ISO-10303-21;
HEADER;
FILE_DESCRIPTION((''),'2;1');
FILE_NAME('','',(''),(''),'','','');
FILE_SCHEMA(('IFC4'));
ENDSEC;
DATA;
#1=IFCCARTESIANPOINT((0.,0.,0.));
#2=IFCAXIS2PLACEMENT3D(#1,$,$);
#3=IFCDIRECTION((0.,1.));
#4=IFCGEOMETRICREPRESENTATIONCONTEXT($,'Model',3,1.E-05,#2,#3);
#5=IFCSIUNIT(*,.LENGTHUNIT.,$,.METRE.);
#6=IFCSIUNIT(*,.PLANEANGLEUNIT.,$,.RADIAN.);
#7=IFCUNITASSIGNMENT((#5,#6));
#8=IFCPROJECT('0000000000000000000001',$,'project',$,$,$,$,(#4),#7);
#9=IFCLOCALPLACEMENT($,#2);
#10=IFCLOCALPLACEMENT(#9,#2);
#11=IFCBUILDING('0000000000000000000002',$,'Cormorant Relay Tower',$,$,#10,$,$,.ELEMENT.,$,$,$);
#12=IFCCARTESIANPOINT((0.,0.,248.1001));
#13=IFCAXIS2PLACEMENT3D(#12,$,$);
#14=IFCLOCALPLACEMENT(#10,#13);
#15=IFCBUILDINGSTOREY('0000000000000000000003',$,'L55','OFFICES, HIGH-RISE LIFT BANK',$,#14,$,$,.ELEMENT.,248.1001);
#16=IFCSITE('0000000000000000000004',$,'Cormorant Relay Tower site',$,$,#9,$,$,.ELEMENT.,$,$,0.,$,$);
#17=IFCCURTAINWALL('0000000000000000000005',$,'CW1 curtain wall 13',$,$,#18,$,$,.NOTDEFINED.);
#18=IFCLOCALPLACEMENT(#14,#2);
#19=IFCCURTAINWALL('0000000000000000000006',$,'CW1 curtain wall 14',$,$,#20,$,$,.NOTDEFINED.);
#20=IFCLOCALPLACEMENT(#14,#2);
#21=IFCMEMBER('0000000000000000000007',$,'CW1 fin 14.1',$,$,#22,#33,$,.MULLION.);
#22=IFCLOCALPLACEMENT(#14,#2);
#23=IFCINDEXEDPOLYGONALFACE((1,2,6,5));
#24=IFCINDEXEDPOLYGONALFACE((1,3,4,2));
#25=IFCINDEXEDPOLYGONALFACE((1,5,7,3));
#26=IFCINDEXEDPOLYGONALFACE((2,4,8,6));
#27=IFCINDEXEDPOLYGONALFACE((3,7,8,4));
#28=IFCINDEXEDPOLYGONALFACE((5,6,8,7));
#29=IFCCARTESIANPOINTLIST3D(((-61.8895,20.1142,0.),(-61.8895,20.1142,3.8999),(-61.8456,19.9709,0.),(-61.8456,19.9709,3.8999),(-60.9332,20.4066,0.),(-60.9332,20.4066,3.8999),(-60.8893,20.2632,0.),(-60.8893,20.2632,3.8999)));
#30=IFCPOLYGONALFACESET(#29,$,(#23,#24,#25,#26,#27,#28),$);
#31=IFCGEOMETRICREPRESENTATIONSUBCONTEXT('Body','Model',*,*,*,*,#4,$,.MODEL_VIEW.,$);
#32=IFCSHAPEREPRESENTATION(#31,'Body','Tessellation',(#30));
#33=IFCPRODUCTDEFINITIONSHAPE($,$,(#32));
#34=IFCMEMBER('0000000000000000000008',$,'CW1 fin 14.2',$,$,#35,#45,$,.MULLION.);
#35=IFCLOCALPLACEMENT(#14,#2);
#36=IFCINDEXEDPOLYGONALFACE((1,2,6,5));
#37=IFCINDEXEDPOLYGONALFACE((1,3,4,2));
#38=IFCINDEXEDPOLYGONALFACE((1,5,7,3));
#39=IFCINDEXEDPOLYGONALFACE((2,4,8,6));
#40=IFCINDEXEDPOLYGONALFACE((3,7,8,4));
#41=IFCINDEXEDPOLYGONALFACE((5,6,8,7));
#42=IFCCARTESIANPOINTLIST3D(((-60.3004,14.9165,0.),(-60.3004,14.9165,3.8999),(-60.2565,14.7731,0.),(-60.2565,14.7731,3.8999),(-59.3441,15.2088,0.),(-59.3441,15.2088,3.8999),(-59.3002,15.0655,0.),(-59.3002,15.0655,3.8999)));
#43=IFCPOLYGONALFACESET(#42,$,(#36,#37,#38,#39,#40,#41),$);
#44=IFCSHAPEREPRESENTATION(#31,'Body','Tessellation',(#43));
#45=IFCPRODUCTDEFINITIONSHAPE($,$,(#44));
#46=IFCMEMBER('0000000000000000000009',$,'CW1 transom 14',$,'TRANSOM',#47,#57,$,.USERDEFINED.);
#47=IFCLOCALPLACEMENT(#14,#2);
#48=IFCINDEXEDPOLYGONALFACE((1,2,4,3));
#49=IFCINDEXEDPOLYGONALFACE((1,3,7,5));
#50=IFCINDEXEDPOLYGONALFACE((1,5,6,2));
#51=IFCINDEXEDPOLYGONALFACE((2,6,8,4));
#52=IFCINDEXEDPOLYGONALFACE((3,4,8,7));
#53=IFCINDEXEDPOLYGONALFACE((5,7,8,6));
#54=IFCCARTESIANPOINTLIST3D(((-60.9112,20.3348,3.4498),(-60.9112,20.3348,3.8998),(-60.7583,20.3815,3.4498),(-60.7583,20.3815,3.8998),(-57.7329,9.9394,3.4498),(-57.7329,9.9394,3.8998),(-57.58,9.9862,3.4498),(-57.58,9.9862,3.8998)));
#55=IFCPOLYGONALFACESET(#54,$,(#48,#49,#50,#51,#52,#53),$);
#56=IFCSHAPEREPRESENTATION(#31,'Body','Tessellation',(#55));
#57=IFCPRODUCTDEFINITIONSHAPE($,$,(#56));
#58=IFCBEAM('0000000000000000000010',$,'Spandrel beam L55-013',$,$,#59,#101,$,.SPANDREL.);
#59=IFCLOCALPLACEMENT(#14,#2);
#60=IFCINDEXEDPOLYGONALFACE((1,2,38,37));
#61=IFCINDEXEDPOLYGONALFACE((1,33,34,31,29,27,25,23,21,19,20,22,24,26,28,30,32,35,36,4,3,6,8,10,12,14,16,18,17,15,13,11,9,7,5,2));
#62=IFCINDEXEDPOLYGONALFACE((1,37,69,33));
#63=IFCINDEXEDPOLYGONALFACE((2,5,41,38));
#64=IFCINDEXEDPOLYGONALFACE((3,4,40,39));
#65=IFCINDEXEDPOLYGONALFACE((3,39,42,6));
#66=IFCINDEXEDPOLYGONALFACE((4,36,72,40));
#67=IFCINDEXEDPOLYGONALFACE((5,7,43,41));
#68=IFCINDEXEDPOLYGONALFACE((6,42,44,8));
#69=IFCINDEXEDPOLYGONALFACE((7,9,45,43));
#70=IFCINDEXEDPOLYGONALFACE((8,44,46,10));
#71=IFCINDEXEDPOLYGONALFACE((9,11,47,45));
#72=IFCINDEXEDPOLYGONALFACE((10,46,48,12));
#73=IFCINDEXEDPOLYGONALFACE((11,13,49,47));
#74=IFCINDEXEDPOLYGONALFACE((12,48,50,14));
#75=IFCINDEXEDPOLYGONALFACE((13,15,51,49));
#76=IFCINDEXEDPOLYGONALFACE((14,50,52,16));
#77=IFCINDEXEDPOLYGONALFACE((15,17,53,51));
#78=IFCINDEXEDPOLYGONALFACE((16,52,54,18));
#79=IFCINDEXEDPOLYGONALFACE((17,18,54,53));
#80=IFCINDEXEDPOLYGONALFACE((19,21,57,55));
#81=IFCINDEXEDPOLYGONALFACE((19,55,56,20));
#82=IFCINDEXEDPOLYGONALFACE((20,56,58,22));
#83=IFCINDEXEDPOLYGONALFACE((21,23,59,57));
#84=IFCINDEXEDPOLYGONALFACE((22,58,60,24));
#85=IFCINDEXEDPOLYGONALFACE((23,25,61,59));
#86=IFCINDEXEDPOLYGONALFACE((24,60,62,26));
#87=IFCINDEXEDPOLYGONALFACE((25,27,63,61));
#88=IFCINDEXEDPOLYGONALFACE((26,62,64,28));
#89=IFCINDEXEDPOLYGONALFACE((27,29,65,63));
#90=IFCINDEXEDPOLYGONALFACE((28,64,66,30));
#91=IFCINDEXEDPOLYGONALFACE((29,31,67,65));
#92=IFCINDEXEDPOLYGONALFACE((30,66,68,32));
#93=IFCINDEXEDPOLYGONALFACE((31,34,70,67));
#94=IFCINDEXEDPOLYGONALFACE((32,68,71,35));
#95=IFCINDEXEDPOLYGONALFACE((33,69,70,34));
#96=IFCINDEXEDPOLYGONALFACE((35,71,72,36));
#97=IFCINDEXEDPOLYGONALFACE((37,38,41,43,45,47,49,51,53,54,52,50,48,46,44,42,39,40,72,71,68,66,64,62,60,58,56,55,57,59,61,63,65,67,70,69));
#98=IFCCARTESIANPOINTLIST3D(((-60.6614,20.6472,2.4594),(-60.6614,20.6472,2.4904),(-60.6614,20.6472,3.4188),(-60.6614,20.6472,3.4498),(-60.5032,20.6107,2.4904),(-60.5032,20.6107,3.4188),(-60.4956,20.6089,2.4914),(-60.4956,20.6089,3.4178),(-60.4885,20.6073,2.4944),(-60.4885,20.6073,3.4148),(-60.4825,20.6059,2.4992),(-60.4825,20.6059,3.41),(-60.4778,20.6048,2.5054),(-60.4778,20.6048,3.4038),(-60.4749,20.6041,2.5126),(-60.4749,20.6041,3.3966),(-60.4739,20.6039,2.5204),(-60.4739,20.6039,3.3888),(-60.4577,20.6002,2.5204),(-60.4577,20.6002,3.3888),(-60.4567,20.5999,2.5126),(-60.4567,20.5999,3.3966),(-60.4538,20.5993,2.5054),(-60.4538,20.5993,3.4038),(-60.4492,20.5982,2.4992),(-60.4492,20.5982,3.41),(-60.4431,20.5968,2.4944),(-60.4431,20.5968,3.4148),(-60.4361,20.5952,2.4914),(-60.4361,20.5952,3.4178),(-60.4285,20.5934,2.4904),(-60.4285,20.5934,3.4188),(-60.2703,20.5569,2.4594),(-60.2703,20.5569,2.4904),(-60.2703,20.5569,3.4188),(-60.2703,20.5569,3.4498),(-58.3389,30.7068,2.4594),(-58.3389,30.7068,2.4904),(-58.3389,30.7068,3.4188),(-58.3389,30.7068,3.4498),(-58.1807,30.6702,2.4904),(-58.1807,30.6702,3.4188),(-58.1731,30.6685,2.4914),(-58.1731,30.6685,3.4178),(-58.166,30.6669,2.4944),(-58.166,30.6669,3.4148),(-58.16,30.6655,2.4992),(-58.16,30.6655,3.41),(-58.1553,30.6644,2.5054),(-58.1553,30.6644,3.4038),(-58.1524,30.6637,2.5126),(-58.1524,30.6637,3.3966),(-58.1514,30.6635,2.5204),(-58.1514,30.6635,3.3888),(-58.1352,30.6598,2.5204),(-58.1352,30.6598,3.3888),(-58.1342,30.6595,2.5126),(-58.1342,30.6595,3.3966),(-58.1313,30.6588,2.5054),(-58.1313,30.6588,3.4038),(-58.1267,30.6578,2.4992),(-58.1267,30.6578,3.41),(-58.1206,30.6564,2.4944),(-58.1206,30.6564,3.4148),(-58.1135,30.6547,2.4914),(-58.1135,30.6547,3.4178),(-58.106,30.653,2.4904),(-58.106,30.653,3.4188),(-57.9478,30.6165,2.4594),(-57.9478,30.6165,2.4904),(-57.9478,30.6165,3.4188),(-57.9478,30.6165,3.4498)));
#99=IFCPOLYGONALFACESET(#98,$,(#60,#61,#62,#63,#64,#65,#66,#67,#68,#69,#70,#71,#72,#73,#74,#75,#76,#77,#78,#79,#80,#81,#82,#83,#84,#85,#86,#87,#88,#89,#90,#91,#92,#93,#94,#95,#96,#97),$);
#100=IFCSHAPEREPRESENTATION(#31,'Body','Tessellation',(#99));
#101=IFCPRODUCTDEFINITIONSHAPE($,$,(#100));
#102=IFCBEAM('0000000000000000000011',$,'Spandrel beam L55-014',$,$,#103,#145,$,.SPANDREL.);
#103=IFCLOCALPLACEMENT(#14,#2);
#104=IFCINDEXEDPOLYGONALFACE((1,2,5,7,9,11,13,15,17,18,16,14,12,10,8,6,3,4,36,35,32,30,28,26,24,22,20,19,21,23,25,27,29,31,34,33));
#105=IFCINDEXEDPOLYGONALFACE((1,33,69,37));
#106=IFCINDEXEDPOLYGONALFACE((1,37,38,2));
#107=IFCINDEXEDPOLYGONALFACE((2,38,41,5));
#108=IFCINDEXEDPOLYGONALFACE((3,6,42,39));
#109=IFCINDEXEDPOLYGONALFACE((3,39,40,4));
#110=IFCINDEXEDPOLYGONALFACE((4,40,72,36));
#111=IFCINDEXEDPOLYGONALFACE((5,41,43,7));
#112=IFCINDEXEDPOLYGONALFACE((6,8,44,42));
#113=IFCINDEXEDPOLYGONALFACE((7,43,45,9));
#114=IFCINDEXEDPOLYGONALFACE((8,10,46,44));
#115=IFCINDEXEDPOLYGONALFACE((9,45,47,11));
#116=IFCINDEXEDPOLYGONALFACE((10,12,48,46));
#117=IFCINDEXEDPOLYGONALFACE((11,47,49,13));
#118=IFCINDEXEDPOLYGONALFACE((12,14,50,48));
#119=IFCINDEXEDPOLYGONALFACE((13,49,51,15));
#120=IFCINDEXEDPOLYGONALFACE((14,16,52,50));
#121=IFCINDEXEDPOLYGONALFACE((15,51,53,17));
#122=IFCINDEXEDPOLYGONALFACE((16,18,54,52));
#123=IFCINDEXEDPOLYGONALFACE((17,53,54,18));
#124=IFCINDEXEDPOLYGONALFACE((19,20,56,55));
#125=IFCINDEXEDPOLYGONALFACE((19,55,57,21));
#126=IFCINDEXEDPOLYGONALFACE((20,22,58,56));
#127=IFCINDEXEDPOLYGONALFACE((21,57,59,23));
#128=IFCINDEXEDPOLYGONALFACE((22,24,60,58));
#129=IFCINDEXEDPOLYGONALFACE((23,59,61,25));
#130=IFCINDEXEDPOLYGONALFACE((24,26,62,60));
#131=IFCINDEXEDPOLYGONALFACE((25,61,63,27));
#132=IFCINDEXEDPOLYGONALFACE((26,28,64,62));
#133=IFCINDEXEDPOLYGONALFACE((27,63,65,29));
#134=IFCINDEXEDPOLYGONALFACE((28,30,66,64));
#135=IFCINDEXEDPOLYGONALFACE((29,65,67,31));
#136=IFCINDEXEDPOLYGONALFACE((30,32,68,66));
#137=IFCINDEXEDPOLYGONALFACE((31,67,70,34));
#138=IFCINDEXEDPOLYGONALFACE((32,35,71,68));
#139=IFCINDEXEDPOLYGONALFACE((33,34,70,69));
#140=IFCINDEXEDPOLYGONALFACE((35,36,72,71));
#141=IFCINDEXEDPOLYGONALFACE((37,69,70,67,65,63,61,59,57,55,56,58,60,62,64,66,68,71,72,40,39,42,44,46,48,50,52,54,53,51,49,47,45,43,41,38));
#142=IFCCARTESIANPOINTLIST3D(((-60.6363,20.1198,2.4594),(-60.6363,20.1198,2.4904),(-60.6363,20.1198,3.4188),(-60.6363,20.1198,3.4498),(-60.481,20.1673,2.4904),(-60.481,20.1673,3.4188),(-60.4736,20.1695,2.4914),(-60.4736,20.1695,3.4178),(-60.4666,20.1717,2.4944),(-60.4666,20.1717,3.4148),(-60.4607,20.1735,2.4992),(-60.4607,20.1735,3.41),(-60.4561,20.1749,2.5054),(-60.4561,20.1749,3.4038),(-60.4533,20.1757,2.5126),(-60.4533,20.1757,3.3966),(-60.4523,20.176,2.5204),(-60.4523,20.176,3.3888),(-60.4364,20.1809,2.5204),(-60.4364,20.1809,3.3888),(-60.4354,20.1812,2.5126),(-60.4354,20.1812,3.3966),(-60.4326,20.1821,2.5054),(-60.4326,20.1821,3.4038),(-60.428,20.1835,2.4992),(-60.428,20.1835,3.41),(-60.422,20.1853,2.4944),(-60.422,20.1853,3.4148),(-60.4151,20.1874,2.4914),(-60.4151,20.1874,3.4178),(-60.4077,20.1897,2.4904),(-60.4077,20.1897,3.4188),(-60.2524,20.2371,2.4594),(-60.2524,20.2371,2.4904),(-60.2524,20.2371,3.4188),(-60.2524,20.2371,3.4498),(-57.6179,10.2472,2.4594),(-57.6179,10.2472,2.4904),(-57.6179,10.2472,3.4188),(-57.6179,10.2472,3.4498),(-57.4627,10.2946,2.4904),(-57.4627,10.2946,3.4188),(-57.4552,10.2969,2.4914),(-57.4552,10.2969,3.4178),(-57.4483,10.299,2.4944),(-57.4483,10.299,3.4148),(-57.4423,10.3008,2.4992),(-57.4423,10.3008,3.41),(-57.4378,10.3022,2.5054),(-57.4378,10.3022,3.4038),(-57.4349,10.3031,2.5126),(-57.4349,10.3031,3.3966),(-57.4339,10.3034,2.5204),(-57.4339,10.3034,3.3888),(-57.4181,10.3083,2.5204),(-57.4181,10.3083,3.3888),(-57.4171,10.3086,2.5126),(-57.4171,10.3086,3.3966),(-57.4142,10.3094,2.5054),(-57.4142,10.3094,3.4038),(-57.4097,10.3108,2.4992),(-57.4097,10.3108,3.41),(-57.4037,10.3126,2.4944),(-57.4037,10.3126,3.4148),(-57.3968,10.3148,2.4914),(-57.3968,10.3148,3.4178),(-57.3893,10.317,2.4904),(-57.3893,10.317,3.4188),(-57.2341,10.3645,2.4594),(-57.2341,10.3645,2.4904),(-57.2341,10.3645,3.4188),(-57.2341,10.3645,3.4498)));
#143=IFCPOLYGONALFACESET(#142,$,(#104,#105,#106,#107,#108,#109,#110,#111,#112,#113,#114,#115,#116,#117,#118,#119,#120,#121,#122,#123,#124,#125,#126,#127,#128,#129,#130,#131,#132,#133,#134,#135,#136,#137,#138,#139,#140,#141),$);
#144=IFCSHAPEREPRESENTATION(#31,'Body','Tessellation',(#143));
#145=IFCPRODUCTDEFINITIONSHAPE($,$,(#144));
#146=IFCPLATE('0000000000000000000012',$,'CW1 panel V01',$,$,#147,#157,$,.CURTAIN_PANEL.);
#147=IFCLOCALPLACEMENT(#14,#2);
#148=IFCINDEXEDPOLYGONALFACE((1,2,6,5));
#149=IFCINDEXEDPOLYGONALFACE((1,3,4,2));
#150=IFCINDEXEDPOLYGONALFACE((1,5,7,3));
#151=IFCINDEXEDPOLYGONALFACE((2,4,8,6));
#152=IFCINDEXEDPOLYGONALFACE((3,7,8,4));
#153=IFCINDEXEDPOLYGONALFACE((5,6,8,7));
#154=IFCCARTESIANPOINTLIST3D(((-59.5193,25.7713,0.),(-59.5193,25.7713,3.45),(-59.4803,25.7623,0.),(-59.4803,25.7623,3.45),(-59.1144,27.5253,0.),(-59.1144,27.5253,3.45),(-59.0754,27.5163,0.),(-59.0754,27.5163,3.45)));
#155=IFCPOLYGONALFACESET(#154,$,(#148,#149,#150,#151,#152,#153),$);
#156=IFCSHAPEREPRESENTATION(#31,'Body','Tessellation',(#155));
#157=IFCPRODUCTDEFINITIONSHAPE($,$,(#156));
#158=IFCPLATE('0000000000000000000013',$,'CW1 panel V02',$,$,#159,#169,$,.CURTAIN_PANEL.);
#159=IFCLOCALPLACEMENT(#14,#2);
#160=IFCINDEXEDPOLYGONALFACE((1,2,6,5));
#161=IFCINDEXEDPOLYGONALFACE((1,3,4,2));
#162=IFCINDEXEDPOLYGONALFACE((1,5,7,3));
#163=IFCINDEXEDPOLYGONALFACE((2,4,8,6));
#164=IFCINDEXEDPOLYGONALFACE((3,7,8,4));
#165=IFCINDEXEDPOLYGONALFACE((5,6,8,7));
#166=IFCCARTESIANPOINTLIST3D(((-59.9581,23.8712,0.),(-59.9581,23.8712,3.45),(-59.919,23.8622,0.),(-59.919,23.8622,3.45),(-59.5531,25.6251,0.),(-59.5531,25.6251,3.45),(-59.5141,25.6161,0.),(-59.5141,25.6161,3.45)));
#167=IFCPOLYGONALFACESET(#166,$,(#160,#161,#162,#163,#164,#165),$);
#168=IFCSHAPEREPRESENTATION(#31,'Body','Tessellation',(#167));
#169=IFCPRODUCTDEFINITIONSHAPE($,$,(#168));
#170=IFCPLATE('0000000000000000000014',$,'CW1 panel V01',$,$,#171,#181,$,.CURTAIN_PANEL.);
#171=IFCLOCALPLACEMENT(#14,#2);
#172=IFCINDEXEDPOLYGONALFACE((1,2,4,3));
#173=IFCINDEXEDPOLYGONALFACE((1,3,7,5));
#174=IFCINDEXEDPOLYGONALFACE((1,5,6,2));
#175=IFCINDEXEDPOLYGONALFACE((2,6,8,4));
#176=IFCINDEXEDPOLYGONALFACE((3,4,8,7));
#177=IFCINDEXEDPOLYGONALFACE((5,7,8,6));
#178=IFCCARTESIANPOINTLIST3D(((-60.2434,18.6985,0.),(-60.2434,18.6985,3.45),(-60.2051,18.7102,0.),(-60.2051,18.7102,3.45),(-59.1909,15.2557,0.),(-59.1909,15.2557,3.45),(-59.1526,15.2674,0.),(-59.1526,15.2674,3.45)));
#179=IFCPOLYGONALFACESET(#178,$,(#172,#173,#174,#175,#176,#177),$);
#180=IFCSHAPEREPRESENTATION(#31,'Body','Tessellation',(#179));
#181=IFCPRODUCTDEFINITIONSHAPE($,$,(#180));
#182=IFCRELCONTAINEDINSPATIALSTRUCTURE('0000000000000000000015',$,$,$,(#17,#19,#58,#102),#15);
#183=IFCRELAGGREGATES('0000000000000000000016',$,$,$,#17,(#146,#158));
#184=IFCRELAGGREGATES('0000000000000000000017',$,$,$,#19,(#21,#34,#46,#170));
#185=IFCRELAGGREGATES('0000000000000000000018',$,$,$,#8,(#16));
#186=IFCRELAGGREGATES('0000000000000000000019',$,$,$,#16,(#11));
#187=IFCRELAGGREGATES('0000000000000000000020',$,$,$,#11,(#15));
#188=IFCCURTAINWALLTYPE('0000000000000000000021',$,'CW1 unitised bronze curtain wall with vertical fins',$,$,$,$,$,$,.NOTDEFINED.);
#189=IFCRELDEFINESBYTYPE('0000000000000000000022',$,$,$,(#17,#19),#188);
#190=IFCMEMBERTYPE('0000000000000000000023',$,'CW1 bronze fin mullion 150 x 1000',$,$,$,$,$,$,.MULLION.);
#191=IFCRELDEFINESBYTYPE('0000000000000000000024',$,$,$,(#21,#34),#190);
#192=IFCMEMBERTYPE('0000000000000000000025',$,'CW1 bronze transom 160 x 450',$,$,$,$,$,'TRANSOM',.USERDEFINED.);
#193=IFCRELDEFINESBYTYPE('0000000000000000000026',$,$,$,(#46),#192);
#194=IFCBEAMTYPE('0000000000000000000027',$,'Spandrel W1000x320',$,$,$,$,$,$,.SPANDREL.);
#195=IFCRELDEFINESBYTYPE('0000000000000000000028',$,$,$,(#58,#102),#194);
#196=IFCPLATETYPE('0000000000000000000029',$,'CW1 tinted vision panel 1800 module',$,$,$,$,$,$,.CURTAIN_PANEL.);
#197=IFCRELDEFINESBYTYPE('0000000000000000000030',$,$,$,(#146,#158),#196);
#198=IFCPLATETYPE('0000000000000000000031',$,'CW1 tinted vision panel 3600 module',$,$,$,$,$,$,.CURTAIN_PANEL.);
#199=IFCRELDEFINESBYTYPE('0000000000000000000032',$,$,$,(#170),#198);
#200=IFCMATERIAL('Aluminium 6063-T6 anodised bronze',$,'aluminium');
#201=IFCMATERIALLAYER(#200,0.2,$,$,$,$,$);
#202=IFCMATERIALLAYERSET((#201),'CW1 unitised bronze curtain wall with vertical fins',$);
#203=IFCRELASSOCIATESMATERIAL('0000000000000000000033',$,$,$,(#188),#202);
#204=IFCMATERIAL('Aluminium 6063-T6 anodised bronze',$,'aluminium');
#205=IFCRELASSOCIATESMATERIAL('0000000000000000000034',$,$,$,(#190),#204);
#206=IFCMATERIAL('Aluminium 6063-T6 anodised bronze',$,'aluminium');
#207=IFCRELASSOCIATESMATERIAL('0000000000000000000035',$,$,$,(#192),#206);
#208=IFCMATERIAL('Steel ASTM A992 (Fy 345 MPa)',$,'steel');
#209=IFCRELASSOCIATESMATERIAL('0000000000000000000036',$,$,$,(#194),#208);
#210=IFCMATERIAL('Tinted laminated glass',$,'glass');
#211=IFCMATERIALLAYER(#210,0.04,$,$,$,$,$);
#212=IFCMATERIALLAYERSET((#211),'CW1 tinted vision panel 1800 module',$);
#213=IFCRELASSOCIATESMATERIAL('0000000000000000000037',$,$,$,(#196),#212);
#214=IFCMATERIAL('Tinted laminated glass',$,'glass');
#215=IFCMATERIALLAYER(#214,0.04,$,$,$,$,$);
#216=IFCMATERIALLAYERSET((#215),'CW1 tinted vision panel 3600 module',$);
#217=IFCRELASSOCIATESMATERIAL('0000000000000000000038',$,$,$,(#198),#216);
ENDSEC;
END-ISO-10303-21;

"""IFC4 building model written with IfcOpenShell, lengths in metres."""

from ifc_helpers import new_model, si_unit, direction, frame, origin, origin_2d, place, context, subcontext, project, spatial, rectangle, i_section, extrude, material, layer, layer_set, material_profile, profile_set, type_object, element, aggregate, save


model = new_model("IFC4")

# Units and contexts
model_context = context("Model", 3, precision=1e-05, world=origin(), true_north=direction((0.0, 1.0)))
body_context = subcontext(model_context, "Body", "Model", "MODEL_VIEW")
ifc_project = project(units=[si_unit("LENGTHUNIT", "METRE"), si_unit("PLANEANGLEUNIT", "RADIAN")], contexts=[model_context])

# Site, building, storey
site_placement = place(None, origin())
site = spatial("IfcSite", under=ifc_project, at=site_placement, Name="Cormorant Relay Tower site", CompositionType="ELEMENT", RefElevation=0.0)
building_placement = place(site_placement, origin())
building = spatial("IfcBuilding", under=site, at=building_placement, Name="Cormorant Relay Tower", CompositionType="ELEMENT")
storey_placement = place(building_placement, frame((0.0, 0.0, 248.1001)))
storey = spatial("IfcBuildingStorey", under=building, at=storey_placement, Name="L55", Description="OFFICES, HIGH-RISE LIFT BANK", CompositionType="ELEMENT", Elevation=248.1001)

# Curtain wall
ifc_material_1 = material(Name="Aluminium 6063-T6 anodised bronze", Category="aluminium")
ifc_layer_1 = layer(ifc_material_1, 0.2)
ifc_layer_set_1 = layer_set([ifc_layer_1], Name="CW1 unitised bronze curtain wall with vertical fins")
curtain_wall_type = type_object("IfcCurtainWallType", Name="CW1 unitised bronze curtain wall with vertical fins", PredefinedType="NOTDEFINED", material=ifc_layer_set_1)
curtain_wall_1_placement = place(storey_placement, origin())
curtain_wall_1 = element("IfcCurtainWall", 1, at=curtain_wall_1_placement, inside=storey, type_object=curtain_wall_type, Name="CW1 curtain wall 13", PredefinedType="NOTDEFINED")
ifc_material_2 = material(Name="Aluminium 6063-T6 anodised bronze", Category="aluminium")
ifc_material_profile_1 = material_profile(ifc_material_2, rectangle(XDim=0.1499, YDim=1.0, at=origin_2d()), Name="AL 150x1000")
ifc_profile_set_1 = profile_set([ifc_material_profile_1], Name="Aluminium 6063-T6 anodised bronze")
member_type_1 = type_object("IfcMemberType", Name="CW1 bronze fin mullion 150 x 1000", PredefinedType="MULLION", material=ifc_profile_set_1)

# Curtain wall, members
curtain_wall_2_placement = place(storey_placement, origin())
curtain_wall_2 = element("IfcCurtainWall", 2, at=curtain_wall_2_placement, inside=storey, type_object=curtain_wall_type, Name="CW1 curtain wall 14", PredefinedType="NOTDEFINED")
member_1_placement = place(storey_placement, frame((-61.3894, 20.1887, 0.0), z_axis=(0.0, 0.0, 1.0), x_axis=(0.292372, -0.956305, 0.0)))
member_1 = element("IfcMember", 3, at=member_1_placement, type_object=member_type_1, Name="CW1 fin 14.1", PredefinedType="MULLION", context=body_context, shape_type="SweptSolid", body=[
    extrude(rectangle(XDim=0.1499, YDim=1.0, at=origin_2d()), origin(), (0.0, 0.0, 1.0), 3.8999),
])
member_2_placement = place(storey_placement, frame((-59.8003, 14.991, 0.0), z_axis=(0.0, 0.0, 1.0), x_axis=(0.292372, -0.956305, 0.0)))
member_2 = element("IfcMember", 4, at=member_2_placement, type_object=member_type_1, Name="CW1 fin 14.2", PredefinedType="MULLION", context=body_context, shape_type="SweptSolid", body=[
    extrude(rectangle(XDim=0.1499, YDim=1.0, at=origin_2d()), origin(), (0.0, 0.0, 1.0), 3.8999),
])
ifc_material_3 = material(Name="Aluminium 6063-T6 anodised bronze", Category="aluminium")
ifc_material_profile_2 = material_profile(ifc_material_3, rectangle(XDim=0.1599, YDim=0.45, at=origin_2d()), Name="AL 160x450")
ifc_profile_set_2 = profile_set([ifc_material_profile_2], Name="Aluminium 6063-T6 anodised bronze")
member_type_2 = type_object("IfcMemberType", Name="CW1 bronze transom 160 x 450", ElementType="TRANSOM", PredefinedType="USERDEFINED", material=ifc_profile_set_2)
member_3_placement = place(storey_placement, frame((-60.8347, 20.3582, 3.6748), z_axis=(0.292378, -0.956303, 0.0), x_axis=(0.956303, 0.292378, 0.0)))
member_3 = element("IfcMember", 5, at=member_3_placement, type_object=member_type_2, Name="CW1 transom 14", ObjectType="TRANSOM", PredefinedType="USERDEFINED", context=body_context, shape_type="SweptSolid", body=[
    extrude(rectangle(XDim=0.1599, YDim=0.45, at=origin_2d()), origin(), (0.0, 0.0, 1.0), 10.8704),
])

# Beams
ifc_material_4 = material(Name="Steel ASTM A992 (Fy 345 MPa)", Category="steel")
ifc_material_profile_3 = material_profile(ifc_material_4, i_section(OverallWidth=0.4014, OverallDepth=0.9905, WebThickness=0.0166, FlangeThickness=0.031, FilletRadius=0.03, at=origin_2d()), Name="W1000x320")
ifc_profile_set_3 = profile_set([ifc_material_profile_3], Name="Steel ASTM A992 (Fy 345 MPa)")
beam_type = type_object("IfcBeamType", Name="Spandrel W1000x320", PredefinedType="SPANDREL", material=ifc_profile_set_3)
beam_1_placement = place(storey_placement, frame((-58.1433, 30.6616, 2.9546), z_axis=(-0.224958, -0.974368, 0.0), x_axis=(0.974368, -0.224958, 0.0)))
element("IfcBeam", 6, at=beam_1_placement, inside=storey, type_object=beam_type, Name="Spandrel beam L55-013", PredefinedType="SPANDREL", context=body_context, shape_type="SweptSolid", body=[
    extrude(i_section(OverallWidth=0.4014, OverallDepth=0.9905, WebThickness=0.0166, FlangeThickness=0.031, FilletRadius=0.03, at=origin_2d()), origin(), (0.0, 0.0, 1.0), 10.3242),
])
beam_2_placement = place(storey_placement, frame((-60.4443, 20.1785, 2.9546), z_axis=(0.292369, -0.956306, 0.0), x_axis=(0.956306, 0.292369, 0.0)))
element("IfcBeam", 7, at=beam_2_placement, inside=storey, type_object=beam_type, Name="Spandrel beam L55-014", PredefinedType="SPANDREL", context=body_context, shape_type="SweptSolid", body=[
    extrude(i_section(OverallWidth=0.4014, OverallDepth=0.9905, WebThickness=0.0166, FlangeThickness=0.031, FilletRadius=0.03, at=origin_2d()), origin(), (0.0, 0.0, 1.0), 10.3237),
])

# Plates
ifc_material_5 = material(Name="Tinted laminated glass", Category="glass")
ifc_layer_2 = layer(ifc_material_5, 0.04)
ifc_layer_set_2 = layer_set([ifc_layer_2], Name="CW1 tinted vision panel 1800 module")
plate_type_1 = type_object("IfcPlateType", Name="CW1 tinted vision panel 1800 module", PredefinedType="CURTAIN_PANEL", material=ifc_layer_set_2)
plate_1_placement = place(storey_placement, frame((-59.2974, 26.6438, 0.0), z_axis=(0.0, 0.0, 1.0), x_axis=(-0.224951, -0.97437, 0.0)))
plate_1 = element("IfcPlate", 8, at=plate_1_placement, type_object=plate_type_1, Name="CW1 panel V01", PredefinedType="CURTAIN_PANEL", context=body_context, shape_type="SweptSolid", body=[
    extrude(rectangle(XDim=1.8, YDim=0.04, at=origin_2d()), origin(), (0.0, 0.0, 1.0), 3.45),
])
plate_2_placement = place(storey_placement, frame((-59.7361, 24.7437, 0.0), z_axis=(0.0, 0.0, 1.0), x_axis=(-0.224951, -0.97437, 0.0)))
plate_2 = element("IfcPlate", 9, at=plate_2_placement, type_object=plate_type_1, Name="CW1 panel V02", PredefinedType="CURTAIN_PANEL", context=body_context, shape_type="SweptSolid", body=[
    extrude(rectangle(XDim=1.8, YDim=0.04, at=origin_2d()), origin(), (0.0, 0.0, 1.0), 3.45),
])
ifc_material_6 = material(Name="Tinted laminated glass", Category="glass")
ifc_layer_3 = layer(ifc_material_6, 0.04)
ifc_layer_set_3 = layer_set([ifc_layer_3], Name="CW1 tinted vision panel 3600 module")
plate_type_2 = type_object("IfcPlateType", Name="CW1 tinted vision panel 3600 module", PredefinedType="CURTAIN_PANEL", material=ifc_layer_set_3)
plate_3_placement = place(storey_placement, frame((-59.698, 16.9829, 0.0), z_axis=(0.0, 0.0, 1.0), x_axis=(0.292372, -0.956305, 0.0)))
plate_3 = element("IfcPlate", 10, at=plate_3_placement, type_object=plate_type_2, Name="CW1 panel V01", PredefinedType="CURTAIN_PANEL", context=body_context, shape_type="SweptSolid", body=[
    extrude(rectangle(XDim=3.6001, YDim=0.04, at=origin_2d()), origin(), (0.0, 0.0, 1.0), 3.45),
])

aggregate(curtain_wall_1, [plate_1, plate_2])
aggregate(curtain_wall_2, [member_1, member_2, member_3, plate_3])

save(model, "model.ifc")
